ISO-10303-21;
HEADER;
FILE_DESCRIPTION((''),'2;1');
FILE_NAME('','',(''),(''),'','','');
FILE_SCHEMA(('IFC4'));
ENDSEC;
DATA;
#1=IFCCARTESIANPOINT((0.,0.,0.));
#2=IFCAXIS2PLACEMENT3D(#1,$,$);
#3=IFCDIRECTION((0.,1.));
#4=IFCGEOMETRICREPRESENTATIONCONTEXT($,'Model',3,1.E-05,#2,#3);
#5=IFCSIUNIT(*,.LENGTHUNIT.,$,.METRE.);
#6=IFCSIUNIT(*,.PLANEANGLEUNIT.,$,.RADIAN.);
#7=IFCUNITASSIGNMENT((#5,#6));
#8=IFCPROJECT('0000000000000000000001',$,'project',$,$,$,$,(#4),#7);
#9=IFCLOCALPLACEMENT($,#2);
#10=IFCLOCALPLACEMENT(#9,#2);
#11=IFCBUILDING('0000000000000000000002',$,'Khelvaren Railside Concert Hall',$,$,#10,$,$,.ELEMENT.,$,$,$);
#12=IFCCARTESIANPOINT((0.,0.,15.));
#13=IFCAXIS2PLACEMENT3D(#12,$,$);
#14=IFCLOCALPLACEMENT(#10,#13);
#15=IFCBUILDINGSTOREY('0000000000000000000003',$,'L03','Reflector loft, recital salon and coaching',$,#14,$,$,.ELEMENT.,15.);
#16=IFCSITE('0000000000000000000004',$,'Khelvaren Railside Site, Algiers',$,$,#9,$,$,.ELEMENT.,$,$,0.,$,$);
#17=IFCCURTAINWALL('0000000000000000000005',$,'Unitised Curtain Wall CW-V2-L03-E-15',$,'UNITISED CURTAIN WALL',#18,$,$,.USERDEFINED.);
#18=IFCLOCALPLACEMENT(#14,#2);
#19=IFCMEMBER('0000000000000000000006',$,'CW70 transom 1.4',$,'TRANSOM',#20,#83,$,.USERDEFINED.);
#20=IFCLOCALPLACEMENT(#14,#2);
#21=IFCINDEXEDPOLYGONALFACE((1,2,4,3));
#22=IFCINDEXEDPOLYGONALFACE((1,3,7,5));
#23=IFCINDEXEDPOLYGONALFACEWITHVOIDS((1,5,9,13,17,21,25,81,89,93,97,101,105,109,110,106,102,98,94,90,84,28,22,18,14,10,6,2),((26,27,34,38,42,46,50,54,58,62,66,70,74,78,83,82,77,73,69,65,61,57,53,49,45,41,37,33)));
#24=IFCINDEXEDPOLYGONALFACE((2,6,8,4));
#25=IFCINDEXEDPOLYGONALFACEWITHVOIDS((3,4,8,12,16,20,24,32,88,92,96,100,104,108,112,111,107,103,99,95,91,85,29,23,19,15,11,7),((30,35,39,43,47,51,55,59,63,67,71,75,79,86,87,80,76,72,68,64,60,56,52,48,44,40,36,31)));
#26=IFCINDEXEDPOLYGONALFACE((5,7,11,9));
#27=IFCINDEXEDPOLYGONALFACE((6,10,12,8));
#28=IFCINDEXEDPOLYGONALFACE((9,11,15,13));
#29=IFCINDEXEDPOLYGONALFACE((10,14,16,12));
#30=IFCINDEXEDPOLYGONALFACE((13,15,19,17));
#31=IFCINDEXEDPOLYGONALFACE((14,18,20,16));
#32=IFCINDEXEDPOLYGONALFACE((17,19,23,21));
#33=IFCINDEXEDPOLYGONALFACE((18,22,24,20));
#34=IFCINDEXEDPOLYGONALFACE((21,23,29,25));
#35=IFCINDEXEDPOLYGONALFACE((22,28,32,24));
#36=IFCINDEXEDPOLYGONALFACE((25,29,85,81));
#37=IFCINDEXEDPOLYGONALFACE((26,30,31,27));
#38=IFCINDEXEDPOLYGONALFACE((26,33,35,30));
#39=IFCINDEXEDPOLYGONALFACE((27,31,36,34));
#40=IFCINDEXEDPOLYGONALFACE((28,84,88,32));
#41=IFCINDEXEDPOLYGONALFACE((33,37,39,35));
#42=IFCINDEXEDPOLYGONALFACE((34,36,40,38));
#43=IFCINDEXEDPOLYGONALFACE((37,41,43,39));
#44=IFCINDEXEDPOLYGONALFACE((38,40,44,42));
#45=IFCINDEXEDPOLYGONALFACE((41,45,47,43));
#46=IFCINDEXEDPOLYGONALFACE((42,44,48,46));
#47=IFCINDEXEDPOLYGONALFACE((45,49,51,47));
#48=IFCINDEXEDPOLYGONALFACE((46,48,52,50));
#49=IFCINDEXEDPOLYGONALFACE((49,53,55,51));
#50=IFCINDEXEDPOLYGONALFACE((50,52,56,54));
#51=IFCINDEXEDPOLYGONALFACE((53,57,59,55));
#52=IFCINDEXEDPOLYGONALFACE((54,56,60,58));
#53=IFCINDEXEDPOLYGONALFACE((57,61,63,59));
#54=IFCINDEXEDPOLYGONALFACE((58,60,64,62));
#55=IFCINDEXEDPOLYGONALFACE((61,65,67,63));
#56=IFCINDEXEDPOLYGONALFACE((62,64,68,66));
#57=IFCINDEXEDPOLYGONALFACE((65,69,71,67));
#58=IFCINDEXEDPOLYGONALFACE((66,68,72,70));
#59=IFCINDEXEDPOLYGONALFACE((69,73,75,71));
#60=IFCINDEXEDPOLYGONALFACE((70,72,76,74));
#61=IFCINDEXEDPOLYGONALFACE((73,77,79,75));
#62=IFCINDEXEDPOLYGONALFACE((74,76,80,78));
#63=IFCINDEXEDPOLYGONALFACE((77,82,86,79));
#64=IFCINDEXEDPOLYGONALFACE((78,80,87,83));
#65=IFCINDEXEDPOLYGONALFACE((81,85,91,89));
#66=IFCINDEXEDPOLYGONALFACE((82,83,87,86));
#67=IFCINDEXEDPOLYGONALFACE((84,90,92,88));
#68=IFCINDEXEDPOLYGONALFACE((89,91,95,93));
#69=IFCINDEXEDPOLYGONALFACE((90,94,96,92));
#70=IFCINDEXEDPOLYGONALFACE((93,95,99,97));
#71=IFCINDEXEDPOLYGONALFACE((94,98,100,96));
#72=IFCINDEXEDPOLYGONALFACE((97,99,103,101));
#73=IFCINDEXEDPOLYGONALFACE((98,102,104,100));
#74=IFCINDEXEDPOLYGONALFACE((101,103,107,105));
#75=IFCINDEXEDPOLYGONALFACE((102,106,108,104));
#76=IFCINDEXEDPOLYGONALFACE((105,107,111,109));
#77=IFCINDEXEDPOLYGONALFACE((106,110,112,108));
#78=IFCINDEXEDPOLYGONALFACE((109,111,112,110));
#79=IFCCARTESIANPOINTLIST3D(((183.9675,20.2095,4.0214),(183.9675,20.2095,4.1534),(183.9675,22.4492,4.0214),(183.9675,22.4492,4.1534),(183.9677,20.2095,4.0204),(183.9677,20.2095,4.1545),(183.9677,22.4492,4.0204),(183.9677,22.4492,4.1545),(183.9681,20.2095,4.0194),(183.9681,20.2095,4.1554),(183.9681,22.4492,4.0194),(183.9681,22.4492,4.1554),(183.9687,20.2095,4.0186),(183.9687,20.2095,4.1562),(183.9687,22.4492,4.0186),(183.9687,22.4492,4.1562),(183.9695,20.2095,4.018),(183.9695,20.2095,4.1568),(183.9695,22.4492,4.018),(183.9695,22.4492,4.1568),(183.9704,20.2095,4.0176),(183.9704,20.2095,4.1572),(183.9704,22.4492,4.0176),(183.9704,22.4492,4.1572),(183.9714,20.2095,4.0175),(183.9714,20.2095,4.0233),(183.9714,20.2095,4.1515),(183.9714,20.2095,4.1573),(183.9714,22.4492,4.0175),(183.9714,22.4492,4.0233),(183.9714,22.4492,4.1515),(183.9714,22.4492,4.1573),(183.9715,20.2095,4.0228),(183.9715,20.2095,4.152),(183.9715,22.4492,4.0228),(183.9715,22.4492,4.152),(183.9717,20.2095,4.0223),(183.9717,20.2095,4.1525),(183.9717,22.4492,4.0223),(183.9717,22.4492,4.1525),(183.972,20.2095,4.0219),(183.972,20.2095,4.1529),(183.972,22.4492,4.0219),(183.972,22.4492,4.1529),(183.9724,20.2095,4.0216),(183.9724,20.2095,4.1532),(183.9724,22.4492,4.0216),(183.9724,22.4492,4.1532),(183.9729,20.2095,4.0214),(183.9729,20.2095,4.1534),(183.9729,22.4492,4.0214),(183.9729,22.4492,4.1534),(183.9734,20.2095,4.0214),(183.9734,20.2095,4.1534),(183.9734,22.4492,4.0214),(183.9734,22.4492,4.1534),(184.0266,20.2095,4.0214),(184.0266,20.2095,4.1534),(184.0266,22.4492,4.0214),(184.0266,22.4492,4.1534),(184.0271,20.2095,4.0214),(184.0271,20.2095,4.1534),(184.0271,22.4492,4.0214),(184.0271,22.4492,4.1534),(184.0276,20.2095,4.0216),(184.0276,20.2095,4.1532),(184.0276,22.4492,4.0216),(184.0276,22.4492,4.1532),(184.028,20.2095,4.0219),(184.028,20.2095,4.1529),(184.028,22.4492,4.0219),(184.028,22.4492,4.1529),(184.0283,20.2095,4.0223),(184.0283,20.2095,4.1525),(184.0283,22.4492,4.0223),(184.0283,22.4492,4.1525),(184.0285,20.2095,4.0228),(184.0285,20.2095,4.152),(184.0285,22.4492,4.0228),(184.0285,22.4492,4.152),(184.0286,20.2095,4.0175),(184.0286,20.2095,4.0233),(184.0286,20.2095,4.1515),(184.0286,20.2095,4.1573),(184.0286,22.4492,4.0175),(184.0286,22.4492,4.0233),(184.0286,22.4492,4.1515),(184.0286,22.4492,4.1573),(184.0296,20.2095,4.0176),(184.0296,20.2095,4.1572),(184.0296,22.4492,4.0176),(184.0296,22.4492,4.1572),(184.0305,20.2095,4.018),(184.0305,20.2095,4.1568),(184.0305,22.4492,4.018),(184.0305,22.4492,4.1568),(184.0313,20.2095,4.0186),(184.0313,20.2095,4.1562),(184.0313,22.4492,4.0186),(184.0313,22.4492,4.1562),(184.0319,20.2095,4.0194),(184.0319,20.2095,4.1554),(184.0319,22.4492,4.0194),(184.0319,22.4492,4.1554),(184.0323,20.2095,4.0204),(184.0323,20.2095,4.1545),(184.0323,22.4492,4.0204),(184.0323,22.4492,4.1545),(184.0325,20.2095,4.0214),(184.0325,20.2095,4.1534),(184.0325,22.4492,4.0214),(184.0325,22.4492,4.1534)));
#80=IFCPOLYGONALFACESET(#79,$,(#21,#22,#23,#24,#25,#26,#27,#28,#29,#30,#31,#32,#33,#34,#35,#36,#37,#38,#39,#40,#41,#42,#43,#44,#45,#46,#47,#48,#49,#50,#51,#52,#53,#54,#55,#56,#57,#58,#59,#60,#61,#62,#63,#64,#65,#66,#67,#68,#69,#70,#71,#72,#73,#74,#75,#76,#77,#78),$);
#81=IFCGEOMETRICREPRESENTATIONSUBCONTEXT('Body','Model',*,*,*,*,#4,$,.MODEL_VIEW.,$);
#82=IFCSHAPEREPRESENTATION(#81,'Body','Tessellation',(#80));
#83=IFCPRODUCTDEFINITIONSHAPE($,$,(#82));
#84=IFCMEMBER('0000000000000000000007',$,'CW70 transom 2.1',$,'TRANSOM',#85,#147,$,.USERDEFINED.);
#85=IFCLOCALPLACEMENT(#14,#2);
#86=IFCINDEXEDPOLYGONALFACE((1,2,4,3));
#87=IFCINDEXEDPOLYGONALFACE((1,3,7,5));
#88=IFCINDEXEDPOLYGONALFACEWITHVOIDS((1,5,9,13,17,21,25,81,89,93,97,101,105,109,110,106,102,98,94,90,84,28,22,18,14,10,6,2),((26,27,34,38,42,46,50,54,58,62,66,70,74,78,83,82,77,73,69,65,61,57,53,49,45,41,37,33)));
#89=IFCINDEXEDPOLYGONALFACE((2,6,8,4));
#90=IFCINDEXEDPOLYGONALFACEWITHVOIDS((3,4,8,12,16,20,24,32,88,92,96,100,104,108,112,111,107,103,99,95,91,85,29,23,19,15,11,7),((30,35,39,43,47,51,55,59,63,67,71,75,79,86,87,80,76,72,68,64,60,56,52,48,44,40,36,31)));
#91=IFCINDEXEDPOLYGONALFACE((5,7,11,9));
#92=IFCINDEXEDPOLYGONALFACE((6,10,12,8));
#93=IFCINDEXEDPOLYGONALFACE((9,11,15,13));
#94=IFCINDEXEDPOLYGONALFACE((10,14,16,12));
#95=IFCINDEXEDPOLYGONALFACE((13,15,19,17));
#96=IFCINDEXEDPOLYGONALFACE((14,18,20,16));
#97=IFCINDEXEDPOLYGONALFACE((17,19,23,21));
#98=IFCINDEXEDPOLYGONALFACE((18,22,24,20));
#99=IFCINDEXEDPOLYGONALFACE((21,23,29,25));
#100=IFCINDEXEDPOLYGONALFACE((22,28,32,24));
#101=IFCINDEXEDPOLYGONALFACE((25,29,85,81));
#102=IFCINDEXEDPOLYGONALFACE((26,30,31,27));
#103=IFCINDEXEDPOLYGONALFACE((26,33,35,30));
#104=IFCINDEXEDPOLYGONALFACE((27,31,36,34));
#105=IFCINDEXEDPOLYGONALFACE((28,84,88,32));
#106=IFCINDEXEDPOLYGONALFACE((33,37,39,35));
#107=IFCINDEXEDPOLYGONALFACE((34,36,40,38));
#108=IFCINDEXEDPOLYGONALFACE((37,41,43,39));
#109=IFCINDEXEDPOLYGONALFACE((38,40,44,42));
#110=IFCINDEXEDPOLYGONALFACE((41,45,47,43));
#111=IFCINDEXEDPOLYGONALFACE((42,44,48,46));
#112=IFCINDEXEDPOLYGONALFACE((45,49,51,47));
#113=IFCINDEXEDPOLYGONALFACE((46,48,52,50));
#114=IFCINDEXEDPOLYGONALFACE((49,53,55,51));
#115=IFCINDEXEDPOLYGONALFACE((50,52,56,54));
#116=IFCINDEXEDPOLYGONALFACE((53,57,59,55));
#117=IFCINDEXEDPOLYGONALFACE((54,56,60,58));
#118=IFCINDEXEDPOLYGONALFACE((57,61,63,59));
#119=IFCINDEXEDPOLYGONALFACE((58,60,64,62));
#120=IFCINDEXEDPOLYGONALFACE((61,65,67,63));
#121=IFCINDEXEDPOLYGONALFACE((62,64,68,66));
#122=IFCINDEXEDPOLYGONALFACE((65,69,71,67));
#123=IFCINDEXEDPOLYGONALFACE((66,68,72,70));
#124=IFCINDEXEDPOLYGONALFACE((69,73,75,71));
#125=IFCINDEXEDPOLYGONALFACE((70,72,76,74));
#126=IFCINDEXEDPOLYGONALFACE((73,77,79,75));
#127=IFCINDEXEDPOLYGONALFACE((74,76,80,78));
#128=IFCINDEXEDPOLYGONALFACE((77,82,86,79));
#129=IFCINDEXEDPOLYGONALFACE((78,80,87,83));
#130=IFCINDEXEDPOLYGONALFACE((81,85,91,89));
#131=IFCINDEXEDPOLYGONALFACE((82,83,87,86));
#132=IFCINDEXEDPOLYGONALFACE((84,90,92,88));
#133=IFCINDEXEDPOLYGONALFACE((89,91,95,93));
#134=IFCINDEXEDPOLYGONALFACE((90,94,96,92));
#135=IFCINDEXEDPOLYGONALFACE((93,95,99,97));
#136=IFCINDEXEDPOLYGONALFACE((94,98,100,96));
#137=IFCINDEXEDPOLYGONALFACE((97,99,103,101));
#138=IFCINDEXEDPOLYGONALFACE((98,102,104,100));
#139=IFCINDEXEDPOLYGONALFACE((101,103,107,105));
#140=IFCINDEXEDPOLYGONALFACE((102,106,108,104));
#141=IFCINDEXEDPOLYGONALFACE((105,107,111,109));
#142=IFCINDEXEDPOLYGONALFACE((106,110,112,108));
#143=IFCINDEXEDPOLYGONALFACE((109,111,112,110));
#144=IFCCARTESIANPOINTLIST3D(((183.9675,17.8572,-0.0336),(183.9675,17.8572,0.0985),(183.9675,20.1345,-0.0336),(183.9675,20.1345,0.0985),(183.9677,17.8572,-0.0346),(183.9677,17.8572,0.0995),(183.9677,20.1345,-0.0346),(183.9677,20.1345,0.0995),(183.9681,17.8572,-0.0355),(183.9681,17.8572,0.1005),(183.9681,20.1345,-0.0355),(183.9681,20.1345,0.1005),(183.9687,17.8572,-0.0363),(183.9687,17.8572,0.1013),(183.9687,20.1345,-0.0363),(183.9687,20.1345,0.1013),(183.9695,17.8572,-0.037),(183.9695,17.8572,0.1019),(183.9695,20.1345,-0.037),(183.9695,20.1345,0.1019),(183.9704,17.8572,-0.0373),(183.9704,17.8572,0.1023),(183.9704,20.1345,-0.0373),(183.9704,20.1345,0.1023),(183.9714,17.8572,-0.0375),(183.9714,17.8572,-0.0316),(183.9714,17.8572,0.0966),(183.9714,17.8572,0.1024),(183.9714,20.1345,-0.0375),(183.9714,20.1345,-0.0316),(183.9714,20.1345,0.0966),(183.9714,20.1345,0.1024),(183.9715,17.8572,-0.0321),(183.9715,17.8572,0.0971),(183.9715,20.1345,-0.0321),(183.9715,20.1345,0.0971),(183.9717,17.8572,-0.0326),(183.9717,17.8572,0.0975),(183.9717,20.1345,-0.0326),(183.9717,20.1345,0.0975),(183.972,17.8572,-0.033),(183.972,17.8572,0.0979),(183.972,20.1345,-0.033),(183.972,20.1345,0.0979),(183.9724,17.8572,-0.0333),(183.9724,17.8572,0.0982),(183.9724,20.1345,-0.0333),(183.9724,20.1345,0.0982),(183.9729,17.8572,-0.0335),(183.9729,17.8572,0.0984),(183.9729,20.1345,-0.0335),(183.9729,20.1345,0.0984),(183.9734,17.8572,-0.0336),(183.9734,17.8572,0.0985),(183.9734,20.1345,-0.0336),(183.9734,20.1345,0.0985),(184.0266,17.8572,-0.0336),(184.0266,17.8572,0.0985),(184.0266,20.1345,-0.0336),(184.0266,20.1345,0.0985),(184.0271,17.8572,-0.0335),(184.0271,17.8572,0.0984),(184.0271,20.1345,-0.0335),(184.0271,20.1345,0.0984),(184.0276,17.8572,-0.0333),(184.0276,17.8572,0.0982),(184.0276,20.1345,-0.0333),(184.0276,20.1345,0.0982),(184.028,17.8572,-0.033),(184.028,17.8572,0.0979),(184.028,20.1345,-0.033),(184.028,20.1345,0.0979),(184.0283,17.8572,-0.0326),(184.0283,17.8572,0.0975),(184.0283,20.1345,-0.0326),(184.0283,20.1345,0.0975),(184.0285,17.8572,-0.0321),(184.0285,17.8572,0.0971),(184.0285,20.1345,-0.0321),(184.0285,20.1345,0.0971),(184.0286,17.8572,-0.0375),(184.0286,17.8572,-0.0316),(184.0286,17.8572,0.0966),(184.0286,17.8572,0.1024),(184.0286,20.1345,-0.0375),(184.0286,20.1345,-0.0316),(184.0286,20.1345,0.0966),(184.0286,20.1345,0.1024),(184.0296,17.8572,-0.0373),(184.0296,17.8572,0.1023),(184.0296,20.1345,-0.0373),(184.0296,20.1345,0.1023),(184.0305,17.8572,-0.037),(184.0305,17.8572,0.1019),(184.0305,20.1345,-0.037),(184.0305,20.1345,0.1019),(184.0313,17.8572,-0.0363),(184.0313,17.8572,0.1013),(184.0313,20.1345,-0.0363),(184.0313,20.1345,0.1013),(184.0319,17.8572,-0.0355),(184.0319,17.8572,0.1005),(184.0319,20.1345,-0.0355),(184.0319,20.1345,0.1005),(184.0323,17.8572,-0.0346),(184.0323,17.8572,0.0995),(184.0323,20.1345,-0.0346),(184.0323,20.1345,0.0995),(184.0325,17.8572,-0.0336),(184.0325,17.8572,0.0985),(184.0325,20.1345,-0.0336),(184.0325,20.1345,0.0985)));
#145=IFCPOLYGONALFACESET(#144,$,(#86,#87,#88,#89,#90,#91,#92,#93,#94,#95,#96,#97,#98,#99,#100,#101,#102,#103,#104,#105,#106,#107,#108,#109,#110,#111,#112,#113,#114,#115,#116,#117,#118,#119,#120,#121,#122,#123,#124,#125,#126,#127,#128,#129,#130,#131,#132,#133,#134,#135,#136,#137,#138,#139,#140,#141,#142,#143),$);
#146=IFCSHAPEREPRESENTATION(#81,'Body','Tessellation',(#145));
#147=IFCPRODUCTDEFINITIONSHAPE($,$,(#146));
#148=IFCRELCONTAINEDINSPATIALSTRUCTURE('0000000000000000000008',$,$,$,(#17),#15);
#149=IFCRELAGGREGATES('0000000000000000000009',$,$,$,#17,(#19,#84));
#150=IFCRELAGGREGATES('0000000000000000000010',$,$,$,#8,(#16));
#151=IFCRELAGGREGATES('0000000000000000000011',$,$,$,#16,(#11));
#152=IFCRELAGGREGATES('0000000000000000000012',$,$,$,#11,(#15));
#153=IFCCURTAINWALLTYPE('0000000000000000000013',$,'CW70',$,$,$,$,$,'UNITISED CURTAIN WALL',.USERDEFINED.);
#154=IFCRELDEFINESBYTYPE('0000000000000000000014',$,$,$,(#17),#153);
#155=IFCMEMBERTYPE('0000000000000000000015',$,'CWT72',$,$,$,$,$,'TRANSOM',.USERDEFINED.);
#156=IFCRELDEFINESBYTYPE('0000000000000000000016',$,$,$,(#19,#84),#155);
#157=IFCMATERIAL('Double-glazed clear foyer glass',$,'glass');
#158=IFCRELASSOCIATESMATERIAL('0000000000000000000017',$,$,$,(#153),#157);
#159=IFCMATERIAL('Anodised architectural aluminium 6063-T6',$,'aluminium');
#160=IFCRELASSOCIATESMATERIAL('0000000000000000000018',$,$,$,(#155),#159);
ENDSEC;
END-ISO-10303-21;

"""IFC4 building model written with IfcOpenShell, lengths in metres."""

from ifc_helpers import new_model, si_unit, direction, frame, origin, origin_2d, place, context, subcontext, project, spatial, hollow_rectangle, extrude, material, material_profile, profile_set, type_object, element, aggregate, save


model = new_model("IFC4")

# Units and contexts
model_context = context("Model", 3, precision=1e-05, world=origin(), true_north=direction((0.0, 1.0)))
body_context = subcontext(model_context, "Body", "Model", "MODEL_VIEW")
ifc_project = project(units=[si_unit("LENGTHUNIT", "METRE"), si_unit("PLANEANGLEUNIT", "RADIAN")], contexts=[model_context])

# Site, building, storey
site_placement = place(None, origin())
site = spatial("IfcSite", under=ifc_project, at=site_placement, Name="Khelvaren Railside Site, Algiers", CompositionType="ELEMENT", RefElevation=0.0)
building_placement = place(site_placement, origin())
building = spatial("IfcBuilding", under=site, at=building_placement, Name="Khelvaren Railside Concert Hall", CompositionType="ELEMENT")
storey_placement = place(building_placement, frame((0.0, 0.0, 15.0)))
storey = spatial("IfcBuildingStorey", under=building, at=storey_placement, Name="L03", Description="Reflector loft, recital salon and coaching", CompositionType="ELEMENT", Elevation=15.0)

# Curtain wall
ifc_material_1 = material(Name="Double-glazed clear foyer glass", Category="glass")
curtain_wall_type_1 = type_object("IfcCurtainWallType", Name="CW70", ElementType="UNITISED CURTAIN WALL", PredefinedType="USERDEFINED", material=ifc_material_1)
curtain_wall_1_placement = place(storey_placement, origin())
curtain_wall_1 = element("IfcCurtainWall", 1, at=curtain_wall_1_placement, inside=storey, type_object=curtain_wall_type_1, Name="Unitised Curtain Wall CW-V2-L03-E-15", ObjectType="UNITISED CURTAIN WALL", PredefinedType="USERDEFINED")
ifc_material_2 = material(Name="Anodised architectural aluminium 6063-T6", Category="aluminium")

# Members
ifc_material_profile_1 = material_profile(ifc_material_2, hollow_rectangle(XDim=0.0649, YDim=0.1399, WallThickness=0.0039, InnerFilletRadius=0.002, OuterFilletRadius=0.0039, at=origin_2d()), Name="CWT 65x140x4")
ifc_profile_set_1 = profile_set([ifc_material_profile_1], Name="Anodised architectural aluminium 6063-T6")
member_type_1 = type_object("IfcMemberType", Name="CWT72", ElementType="TRANSOM", PredefinedType="USERDEFINED", material=ifc_profile_set_1)
member_1_placement = place(storey_placement, frame((184.0, 22.4492, 4.0874), z_axis=(0.0, -1.0, 0.0), x_axis=(1.0, 0.0, 0.0)))
member_1 = element("IfcMember", 2, at=member_1_placement, type_object=member_type_1, Name="CW70 transom 1.4", ObjectType="TRANSOM", PredefinedType="USERDEFINED", context=body_context, shape_type="SweptSolid", body=[
    extrude(hollow_rectangle(XDim=0.0649, YDim=0.1399, WallThickness=0.0039, InnerFilletRadius=0.002, OuterFilletRadius=0.0039, at=origin_2d()), origin(), (0.0, 0.0, 1.0), 2.2397),
])
member_2_placement = place(storey_placement, frame((184.0, 20.1345, 0.0325), z_axis=(0.0, -1.0, 0.0), x_axis=(1.0, 0.0, 0.0)))
member_2 = element("IfcMember", 3, at=member_2_placement, type_object=member_type_1, Name="CW70 transom 2.1", ObjectType="TRANSOM", PredefinedType="USERDEFINED", context=body_context, shape_type="SweptSolid", body=[
    extrude(hollow_rectangle(XDim=0.0649, YDim=0.1399, WallThickness=0.0039, InnerFilletRadius=0.002, OuterFilletRadius=0.0039, at=origin_2d()), origin(), (0.0, 0.0, 1.0), 2.2773),
])

aggregate(curtain_wall_1, [member_1, member_2])

save(model, "model.ifc")
